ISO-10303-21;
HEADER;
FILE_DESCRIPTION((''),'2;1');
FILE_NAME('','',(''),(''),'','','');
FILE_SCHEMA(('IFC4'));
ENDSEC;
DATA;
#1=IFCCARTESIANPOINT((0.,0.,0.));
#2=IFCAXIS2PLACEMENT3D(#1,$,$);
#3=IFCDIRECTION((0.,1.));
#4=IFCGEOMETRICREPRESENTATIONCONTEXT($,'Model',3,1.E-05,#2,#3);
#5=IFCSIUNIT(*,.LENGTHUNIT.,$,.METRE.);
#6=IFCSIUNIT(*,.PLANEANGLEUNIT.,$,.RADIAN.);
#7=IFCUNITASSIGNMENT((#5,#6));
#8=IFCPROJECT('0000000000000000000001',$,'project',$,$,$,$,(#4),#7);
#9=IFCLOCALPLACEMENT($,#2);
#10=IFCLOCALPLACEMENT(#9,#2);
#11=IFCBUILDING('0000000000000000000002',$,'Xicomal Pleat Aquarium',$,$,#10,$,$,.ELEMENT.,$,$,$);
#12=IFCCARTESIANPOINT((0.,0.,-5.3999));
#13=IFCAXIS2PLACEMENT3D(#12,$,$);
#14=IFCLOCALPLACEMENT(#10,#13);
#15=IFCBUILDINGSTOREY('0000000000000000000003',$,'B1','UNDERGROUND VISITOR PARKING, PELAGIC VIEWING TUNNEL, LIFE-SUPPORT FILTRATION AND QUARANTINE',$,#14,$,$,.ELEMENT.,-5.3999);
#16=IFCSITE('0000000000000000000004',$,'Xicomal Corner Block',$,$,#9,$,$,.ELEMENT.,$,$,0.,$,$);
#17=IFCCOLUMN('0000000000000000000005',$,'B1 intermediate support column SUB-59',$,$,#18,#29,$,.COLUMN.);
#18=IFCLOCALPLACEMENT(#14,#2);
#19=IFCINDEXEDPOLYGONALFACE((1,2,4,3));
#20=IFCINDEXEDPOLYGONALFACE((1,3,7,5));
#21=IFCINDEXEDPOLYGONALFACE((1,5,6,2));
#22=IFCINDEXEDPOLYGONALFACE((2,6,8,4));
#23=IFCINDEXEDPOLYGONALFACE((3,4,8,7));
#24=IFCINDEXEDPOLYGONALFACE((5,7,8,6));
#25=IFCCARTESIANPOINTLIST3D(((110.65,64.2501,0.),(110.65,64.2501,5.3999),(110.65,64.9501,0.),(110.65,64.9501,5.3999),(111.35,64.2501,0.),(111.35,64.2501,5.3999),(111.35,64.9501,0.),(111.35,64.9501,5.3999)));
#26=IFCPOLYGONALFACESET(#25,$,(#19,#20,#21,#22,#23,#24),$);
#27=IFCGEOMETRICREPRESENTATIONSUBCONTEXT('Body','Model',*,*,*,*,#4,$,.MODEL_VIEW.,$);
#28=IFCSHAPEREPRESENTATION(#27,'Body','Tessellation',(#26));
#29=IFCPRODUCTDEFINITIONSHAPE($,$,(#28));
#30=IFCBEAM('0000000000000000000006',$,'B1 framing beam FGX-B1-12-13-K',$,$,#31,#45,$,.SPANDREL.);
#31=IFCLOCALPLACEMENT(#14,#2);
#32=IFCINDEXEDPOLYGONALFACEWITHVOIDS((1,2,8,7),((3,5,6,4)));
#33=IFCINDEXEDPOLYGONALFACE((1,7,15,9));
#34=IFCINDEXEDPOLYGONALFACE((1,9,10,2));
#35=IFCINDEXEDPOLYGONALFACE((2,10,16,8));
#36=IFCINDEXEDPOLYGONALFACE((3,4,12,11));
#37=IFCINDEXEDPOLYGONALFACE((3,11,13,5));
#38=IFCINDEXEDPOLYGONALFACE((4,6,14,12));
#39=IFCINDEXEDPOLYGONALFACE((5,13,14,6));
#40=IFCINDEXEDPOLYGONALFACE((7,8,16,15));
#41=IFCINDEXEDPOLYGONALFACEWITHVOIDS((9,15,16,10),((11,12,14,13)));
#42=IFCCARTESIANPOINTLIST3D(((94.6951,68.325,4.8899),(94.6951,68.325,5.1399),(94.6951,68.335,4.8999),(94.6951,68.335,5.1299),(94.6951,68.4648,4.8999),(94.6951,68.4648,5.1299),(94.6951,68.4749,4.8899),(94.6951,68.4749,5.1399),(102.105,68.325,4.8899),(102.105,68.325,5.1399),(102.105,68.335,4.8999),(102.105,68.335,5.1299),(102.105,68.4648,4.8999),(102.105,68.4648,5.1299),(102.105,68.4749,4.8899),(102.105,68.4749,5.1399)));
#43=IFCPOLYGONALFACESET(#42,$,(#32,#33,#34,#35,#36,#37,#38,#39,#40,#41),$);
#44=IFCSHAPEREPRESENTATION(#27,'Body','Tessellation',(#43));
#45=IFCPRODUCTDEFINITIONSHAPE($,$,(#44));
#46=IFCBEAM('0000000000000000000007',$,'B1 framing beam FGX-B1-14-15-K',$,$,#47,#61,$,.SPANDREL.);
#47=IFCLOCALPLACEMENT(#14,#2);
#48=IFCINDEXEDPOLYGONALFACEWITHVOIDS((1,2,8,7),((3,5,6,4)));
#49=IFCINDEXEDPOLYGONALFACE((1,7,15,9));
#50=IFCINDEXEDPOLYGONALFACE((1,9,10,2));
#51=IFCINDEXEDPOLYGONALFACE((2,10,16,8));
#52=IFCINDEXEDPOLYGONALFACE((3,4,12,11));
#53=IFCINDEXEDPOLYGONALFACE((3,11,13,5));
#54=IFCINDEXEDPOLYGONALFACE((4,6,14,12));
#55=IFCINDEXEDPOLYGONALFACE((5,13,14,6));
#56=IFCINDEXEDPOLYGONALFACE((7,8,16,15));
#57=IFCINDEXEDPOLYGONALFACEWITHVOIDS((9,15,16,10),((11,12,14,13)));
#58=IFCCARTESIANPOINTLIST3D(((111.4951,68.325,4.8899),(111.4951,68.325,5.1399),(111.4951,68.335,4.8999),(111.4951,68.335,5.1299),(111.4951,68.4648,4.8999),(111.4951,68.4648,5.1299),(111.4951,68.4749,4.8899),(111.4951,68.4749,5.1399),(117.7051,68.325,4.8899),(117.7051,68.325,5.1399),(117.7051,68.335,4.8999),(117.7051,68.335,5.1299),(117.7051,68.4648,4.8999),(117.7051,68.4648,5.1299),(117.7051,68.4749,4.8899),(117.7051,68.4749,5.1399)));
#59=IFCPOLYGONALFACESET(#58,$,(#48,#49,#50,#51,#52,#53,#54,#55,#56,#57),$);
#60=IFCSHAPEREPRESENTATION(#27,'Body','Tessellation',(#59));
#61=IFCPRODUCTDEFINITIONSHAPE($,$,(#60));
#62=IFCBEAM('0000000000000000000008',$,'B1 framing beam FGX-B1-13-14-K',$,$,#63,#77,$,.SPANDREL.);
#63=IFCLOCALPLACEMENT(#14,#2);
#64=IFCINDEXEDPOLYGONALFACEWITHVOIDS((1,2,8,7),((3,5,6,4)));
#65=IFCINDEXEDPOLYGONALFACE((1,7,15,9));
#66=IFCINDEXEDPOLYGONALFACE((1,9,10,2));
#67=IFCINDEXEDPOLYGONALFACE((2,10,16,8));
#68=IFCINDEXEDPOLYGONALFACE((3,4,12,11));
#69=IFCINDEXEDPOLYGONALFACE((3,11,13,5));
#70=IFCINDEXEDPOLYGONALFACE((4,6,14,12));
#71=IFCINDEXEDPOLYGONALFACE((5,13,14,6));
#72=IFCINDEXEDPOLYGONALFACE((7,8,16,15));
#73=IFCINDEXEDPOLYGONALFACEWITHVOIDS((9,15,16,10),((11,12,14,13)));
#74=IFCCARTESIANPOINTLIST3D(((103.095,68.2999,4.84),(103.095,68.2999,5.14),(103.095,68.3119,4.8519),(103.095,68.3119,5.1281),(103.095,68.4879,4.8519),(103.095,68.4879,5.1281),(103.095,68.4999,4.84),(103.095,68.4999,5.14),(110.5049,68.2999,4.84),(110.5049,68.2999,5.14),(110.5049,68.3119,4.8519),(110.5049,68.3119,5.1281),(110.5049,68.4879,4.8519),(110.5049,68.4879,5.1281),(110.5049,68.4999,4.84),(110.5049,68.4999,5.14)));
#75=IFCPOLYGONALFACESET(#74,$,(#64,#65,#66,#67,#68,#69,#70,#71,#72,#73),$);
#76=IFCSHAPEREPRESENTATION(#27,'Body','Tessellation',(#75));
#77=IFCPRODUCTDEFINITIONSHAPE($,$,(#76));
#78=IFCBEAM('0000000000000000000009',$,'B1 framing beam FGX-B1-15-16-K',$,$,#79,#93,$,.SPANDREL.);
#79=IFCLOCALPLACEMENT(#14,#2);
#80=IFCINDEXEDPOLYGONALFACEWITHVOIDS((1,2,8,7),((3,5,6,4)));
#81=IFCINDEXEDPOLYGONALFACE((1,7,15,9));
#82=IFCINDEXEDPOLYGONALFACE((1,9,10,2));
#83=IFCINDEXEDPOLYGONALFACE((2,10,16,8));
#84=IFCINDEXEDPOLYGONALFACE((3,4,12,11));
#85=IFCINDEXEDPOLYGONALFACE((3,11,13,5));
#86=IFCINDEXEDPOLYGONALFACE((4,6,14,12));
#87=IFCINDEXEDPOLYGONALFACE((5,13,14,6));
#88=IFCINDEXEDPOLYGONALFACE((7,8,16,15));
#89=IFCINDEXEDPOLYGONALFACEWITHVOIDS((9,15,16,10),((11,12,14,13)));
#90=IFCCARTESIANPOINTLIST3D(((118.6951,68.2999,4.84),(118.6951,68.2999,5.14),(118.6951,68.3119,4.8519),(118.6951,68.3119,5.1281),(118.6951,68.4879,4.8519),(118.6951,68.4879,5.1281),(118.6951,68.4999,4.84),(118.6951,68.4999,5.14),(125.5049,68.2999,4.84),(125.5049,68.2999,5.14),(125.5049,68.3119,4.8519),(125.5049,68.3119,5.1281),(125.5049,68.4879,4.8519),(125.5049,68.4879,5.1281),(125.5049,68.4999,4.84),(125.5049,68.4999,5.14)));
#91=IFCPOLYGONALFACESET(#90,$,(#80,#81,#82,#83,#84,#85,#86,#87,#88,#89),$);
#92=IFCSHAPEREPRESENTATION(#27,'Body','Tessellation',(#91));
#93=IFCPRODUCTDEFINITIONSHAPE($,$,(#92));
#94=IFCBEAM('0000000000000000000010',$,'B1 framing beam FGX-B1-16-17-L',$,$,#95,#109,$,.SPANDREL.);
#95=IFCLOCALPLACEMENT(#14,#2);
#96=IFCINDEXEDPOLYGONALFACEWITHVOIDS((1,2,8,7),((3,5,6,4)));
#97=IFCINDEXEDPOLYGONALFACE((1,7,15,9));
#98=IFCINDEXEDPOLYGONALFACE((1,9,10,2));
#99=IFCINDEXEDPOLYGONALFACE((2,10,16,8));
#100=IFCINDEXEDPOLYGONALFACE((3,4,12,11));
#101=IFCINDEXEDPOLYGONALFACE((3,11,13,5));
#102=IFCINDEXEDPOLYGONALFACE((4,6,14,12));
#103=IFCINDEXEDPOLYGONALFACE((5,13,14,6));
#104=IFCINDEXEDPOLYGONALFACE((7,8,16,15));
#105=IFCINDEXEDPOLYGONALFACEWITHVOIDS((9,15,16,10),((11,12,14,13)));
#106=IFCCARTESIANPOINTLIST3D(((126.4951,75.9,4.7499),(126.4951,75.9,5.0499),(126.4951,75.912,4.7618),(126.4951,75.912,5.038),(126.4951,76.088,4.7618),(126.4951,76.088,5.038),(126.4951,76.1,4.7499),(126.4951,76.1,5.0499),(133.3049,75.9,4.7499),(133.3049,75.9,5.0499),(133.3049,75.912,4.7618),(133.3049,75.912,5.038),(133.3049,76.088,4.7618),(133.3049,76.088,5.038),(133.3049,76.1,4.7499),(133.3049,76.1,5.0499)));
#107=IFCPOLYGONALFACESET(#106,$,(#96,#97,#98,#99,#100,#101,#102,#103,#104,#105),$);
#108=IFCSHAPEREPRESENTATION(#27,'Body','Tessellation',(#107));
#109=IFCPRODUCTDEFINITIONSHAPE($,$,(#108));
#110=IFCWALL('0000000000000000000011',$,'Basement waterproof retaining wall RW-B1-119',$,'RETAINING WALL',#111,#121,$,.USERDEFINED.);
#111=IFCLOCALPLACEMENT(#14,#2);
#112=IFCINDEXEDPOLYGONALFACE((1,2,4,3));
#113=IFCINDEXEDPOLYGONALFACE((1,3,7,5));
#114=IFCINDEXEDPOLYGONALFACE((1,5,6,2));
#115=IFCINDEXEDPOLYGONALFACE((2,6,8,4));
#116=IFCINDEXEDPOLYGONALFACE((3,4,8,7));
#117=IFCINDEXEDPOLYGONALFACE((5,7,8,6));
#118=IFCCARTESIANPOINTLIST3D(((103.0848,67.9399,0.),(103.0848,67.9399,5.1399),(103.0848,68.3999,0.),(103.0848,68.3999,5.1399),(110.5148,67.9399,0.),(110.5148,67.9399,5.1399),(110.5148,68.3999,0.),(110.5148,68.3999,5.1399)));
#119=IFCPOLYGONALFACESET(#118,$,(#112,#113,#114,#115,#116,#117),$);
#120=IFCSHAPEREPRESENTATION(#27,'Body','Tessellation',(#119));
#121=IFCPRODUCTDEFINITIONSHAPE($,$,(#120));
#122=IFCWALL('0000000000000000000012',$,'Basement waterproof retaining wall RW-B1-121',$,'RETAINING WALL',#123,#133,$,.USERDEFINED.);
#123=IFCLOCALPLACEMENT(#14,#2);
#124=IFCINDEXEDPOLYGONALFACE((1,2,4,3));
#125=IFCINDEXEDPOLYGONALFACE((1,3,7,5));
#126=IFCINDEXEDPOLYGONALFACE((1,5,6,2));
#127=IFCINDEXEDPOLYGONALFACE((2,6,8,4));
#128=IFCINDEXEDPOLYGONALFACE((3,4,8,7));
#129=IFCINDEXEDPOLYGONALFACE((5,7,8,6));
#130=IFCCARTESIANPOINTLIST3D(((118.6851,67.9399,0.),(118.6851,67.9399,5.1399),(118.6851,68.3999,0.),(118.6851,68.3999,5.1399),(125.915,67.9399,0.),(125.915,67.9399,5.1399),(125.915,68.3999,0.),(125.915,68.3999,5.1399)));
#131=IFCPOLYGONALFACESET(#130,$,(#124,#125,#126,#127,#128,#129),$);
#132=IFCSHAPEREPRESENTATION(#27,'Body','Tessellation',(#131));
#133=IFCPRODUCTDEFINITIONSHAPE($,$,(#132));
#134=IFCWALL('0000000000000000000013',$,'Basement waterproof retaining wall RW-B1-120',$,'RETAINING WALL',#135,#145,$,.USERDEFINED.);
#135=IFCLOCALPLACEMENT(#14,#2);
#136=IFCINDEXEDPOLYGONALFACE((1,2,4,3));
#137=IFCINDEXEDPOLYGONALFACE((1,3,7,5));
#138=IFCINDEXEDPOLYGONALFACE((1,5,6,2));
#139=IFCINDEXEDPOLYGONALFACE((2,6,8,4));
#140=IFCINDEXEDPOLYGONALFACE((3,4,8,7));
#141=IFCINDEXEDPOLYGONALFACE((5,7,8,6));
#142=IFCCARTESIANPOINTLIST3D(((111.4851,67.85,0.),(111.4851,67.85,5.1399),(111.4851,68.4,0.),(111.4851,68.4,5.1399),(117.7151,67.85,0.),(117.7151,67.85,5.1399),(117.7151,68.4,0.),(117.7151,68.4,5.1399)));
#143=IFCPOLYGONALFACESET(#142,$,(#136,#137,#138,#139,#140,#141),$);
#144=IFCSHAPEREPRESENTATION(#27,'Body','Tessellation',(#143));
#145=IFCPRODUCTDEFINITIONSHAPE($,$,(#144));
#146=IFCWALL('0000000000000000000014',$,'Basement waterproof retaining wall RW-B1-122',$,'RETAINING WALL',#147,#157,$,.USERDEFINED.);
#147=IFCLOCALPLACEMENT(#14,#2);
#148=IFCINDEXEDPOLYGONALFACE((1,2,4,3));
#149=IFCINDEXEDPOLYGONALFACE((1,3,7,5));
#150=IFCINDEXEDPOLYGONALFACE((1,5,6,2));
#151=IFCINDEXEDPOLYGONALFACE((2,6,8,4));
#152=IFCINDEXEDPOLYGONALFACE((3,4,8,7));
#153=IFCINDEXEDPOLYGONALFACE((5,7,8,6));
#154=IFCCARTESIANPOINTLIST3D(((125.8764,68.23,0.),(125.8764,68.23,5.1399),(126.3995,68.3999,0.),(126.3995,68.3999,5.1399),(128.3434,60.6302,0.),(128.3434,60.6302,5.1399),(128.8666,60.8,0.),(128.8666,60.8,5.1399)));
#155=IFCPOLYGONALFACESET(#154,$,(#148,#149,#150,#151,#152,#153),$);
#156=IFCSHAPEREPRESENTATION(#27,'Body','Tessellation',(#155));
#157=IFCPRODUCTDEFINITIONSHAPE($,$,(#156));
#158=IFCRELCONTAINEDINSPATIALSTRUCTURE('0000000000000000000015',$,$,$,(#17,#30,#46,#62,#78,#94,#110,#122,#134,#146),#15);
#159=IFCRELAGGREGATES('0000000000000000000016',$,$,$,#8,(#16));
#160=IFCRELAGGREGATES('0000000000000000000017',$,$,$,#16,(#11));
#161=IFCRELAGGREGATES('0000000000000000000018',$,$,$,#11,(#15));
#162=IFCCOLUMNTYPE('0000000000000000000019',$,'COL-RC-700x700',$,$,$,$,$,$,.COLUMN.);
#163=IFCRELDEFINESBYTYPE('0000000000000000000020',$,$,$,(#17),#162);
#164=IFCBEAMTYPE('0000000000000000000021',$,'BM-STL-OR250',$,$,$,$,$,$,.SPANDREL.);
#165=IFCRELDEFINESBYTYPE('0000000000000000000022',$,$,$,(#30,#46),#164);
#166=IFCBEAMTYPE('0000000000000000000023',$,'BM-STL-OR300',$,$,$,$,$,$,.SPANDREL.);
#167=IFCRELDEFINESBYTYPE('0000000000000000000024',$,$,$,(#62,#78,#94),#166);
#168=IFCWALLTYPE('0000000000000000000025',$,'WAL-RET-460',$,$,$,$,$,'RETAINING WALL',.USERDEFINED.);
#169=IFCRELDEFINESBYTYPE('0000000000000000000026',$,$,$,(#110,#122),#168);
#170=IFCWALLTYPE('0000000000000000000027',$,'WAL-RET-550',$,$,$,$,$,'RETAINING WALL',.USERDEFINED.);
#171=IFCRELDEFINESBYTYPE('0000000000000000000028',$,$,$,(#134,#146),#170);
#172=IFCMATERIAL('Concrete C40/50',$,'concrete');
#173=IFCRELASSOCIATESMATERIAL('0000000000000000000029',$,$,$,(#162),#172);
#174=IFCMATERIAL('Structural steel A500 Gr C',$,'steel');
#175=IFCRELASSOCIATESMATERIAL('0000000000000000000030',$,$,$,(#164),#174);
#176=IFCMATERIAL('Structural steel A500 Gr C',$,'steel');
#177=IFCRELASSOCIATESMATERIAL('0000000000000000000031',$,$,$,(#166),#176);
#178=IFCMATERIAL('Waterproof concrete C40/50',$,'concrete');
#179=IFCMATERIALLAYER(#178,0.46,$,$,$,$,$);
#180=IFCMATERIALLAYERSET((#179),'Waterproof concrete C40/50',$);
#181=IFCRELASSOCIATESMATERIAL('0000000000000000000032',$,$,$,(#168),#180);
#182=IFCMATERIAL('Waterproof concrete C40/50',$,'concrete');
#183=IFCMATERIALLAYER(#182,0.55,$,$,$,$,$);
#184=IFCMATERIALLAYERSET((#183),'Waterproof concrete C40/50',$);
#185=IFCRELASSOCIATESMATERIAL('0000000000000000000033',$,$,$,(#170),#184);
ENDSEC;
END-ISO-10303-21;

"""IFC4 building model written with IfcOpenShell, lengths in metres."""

from ifc_helpers import new_model, si_unit, direction, frame, frame_2d, origin, origin_2d, place, context, subcontext, project, spatial, rectangle, hollow_rectangle, extrude, material, layer, layer_set, material_profile, profile_set, type_object, element, save


model = new_model("IFC4")

# Units and contexts
model_context = context("Model", 3, precision=1e-05, world=origin(), true_north=direction((0.0, 1.0)))
body_context = subcontext(model_context, "Body", "Model", "MODEL_VIEW")
ifc_project = project(units=[si_unit("LENGTHUNIT", "METRE"), si_unit("PLANEANGLEUNIT", "RADIAN")], contexts=[model_context])

# Site, building, storey
site_placement = place(None, origin())
site = spatial("IfcSite", under=ifc_project, at=site_placement, Name="Xicomal Corner Block", CompositionType="ELEMENT", RefElevation=0.0)
building_placement = place(site_placement, origin())
building = spatial("IfcBuilding", under=site, at=building_placement, Name="Xicomal Pleat Aquarium", CompositionType="ELEMENT")
storey_placement = place(building_placement, frame((0.0, 0.0, -5.3999)))
storey = spatial("IfcBuildingStorey", under=building, at=storey_placement, Name="B1", Description="UNDERGROUND VISITOR PARKING, PELAGIC VIEWING TUNNEL, LIFE-SUPPORT FILTRATION AND QUARANTINE", CompositionType="ELEMENT", Elevation=-5.3999)

# Column
ifc_material_1 = material(Name="Concrete C40/50", Category="concrete")
ifc_material_profile_1 = material_profile(ifc_material_1, rectangle(XDim=0.7, YDim=0.7, at=origin_2d()), Name="RC 700x700")
ifc_profile_set_1 = profile_set([ifc_material_profile_1], Name="Concrete C40/50")
column_type_1 = type_object("IfcColumnType", Name="COL-RC-700x700", PredefinedType="COLUMN", material=ifc_profile_set_1)
column_1_placement = place(storey_placement, frame((111.0, 64.6001, 0.0), z_axis=(0.0, 0.0, 1.0), x_axis=(1.0, 0.0, 0.0)))
element("IfcColumn", 1, at=column_1_placement, inside=storey, type_object=column_type_1, Name="B1 intermediate support column SUB-59", PredefinedType="COLUMN", context=body_context, shape_type="SweptSolid", body=[
    extrude(rectangle(XDim=0.7, YDim=0.7, at=origin_2d()), origin(), (0.0, 0.0, 1.0), 5.3999),
])

# Beams
ifc_material_2 = material(Name="Structural steel A500 Gr C", Category="steel")
ifc_material_profile_2 = material_profile(ifc_material_2, hollow_rectangle(XDim=0.1499, YDim=0.25, WallThickness=0.01, at=origin_2d()), Name="OR 250x150x10")
ifc_profile_set_2 = profile_set([ifc_material_profile_2], Name="Structural steel A500 Gr C")
beam_type_1 = type_object("IfcBeamType", Name="BM-STL-OR250", PredefinedType="SPANDREL", material=ifc_profile_set_2)
beam_1_placement = place(storey_placement, frame((94.6951, 68.3999, 5.0149), z_axis=(1.0, 0.0, 0.0), x_axis=(0.0, 1.0, 0.0)))
element("IfcBeam", 2, at=beam_1_placement, inside=storey, type_object=beam_type_1, Name="B1 framing beam FGX-B1-12-13-K", PredefinedType="SPANDREL", context=body_context, shape_type="SweptSolid", body=[
    extrude(hollow_rectangle(XDim=0.1499, YDim=0.25, WallThickness=0.01, at=origin_2d()), origin(), (0.0, 0.0, 1.0), 7.4099),
])
beam_2_placement = place(storey_placement, frame((111.4951, 68.3999, 5.0149), z_axis=(1.0, 0.0, 0.0), x_axis=(0.0, 1.0, 0.0)))
element("IfcBeam", 3, at=beam_2_placement, inside=storey, type_object=beam_type_1, Name="B1 framing beam FGX-B1-14-15-K", PredefinedType="SPANDREL", context=body_context, shape_type="SweptSolid", body=[
    extrude(hollow_rectangle(XDim=0.1499, YDim=0.25, WallThickness=0.01, at=origin_2d()), origin(), (0.0, 0.0, 1.0), 6.21),
])
ifc_material_3 = material(Name="Structural steel A500 Gr C", Category="steel")
ifc_material_profile_3 = material_profile(ifc_material_3, hollow_rectangle(XDim=0.2, YDim=0.3, WallThickness=0.012, at=origin_2d()), Name="OR 300x200x12")
ifc_profile_set_3 = profile_set([ifc_material_profile_3], Name="Structural steel A500 Gr C")
beam_type_2 = type_object("IfcBeamType", Name="BM-STL-OR300", PredefinedType="SPANDREL", material=ifc_profile_set_3)
beam_3_placement = place(storey_placement, frame((103.095, 68.3999, 4.99), z_axis=(1.0, 0.0, 0.0), x_axis=(0.0, 1.0, 0.0)))
element("IfcBeam", 4, at=beam_3_placement, inside=storey, type_object=beam_type_2, Name="B1 framing beam FGX-B1-13-14-K", PredefinedType="SPANDREL", context=body_context, shape_type="SweptSolid", body=[
    extrude(hollow_rectangle(XDim=0.2, YDim=0.3, WallThickness=0.012, at=origin_2d()), origin(), (0.0, 0.0, 1.0), 7.4099),
])
for number, where, z_axis, x_axis, name in (
    (5, (118.6951, 68.3999, 4.99), (1.0, 0.0, 0.0), (0.0, 1.0, 0.0), "B1 framing beam FGX-B1-15-16-K"),
    (6, (126.4951, 76.0, 4.8999), (1.0, 0.0, 0.0), (0.0, 1.0, 0.0), "B1 framing beam FGX-B1-16-17-L"),
):
    element("IfcBeam", number, at=place(storey_placement, frame(where, z_axis=z_axis, x_axis=x_axis)), inside=storey, type_object=beam_type_2, Name=name, PredefinedType="SPANDREL", context=body_context, shape_type="SweptSolid", body=[
        extrude(hollow_rectangle(XDim=0.2, YDim=0.3, WallThickness=0.012, at=origin_2d()), origin(), (0.0, 0.0, 1.0), 6.8098),
    ])

# Walls
ifc_material_4 = material(Name="Waterproof concrete C40/50", Category="concrete")
ifc_layer_1 = layer(ifc_material_4, 0.46)
ifc_layer_set_1 = layer_set([ifc_layer_1], Name="Waterproof concrete C40/50")
wall_type_1 = type_object("IfcWallType", Name="WAL-RET-460", ElementType="RETAINING WALL", PredefinedType="USERDEFINED", material=ifc_layer_set_1)
wall_1_placement = place(storey_placement, frame((103.085, 68.1699, 0.0), z_axis=(0.0, 0.0, 1.0), x_axis=(1.0, 0.0, 0.0)))
element("IfcWall", 7, at=wall_1_placement, inside=storey, type_object=wall_type_1, Name="Basement waterproof retaining wall RW-B1-119", ObjectType="RETAINING WALL", PredefinedType="USERDEFINED", context=body_context, shape_type="SweptSolid", body=[
    extrude(rectangle(XDim=7.4299, YDim=0.46, at=frame_2d((3.7148, 0.0))), origin(), (0.0, 0.0, 1.0), 5.1399),
])
wall_2_placement = place(storey_placement, frame((118.6851, 68.1699, 0.0), z_axis=(0.0, 0.0, 1.0), x_axis=(1.0, 0.0, 0.0)))
element("IfcWall", 8, at=wall_2_placement, inside=storey, type_object=wall_type_1, Name="Basement waterproof retaining wall RW-B1-121", ObjectType="RETAINING WALL", PredefinedType="USERDEFINED", context=body_context, shape_type="SweptSolid", body=[
    extrude(rectangle(XDim=7.23, YDim=0.46, at=frame_2d((3.615, 0.0))), origin(), (0.0, 0.0, 1.0), 5.1399),
])
ifc_material_5 = material(Name="Waterproof concrete C40/50", Category="concrete")
ifc_layer_2 = layer(ifc_material_5, 0.55)
ifc_layer_set_2 = layer_set([ifc_layer_2], Name="Waterproof concrete C40/50")
wall_type_2 = type_object("IfcWallType", Name="WAL-RET-550", ElementType="RETAINING WALL", PredefinedType="USERDEFINED", material=ifc_layer_set_2)
wall_3_placement = place(storey_placement, frame((111.4851, 68.125, 0.0), z_axis=(0.0, 0.0, 1.0), x_axis=(1.0, 0.0, 0.0)))
element("IfcWall", 9, at=wall_3_placement, inside=storey, type_object=wall_type_2, Name="Basement waterproof retaining wall RW-B1-120", ObjectType="RETAINING WALL", PredefinedType="USERDEFINED", context=body_context, shape_type="SweptSolid", body=[
    extrude(rectangle(XDim=6.23, YDim=0.55, at=frame_2d((3.115, 0.0))), origin(), (0.0, 0.0, 1.0), 5.1399),
])
wall_4_placement = place(storey_placement, frame((126.1379, 68.3149, 0.0), z_axis=(0.0, 0.0, 1.0), x_axis=(0.308756, -0.951141, 0.0)))
element("IfcWall", 10, at=wall_4_placement, inside=storey, type_object=wall_type_2, Name="Basement waterproof retaining wall RW-B1-122", ObjectType="RETAINING WALL", PredefinedType="USERDEFINED", context=body_context, shape_type="SweptSolid", body=[
    extrude(rectangle(XDim=7.9902, YDim=0.55, at=frame_2d((3.9951, 0.0))), origin(), (0.0, 0.0, 1.0), 5.1399),
])

save(model, "model.ifc")
